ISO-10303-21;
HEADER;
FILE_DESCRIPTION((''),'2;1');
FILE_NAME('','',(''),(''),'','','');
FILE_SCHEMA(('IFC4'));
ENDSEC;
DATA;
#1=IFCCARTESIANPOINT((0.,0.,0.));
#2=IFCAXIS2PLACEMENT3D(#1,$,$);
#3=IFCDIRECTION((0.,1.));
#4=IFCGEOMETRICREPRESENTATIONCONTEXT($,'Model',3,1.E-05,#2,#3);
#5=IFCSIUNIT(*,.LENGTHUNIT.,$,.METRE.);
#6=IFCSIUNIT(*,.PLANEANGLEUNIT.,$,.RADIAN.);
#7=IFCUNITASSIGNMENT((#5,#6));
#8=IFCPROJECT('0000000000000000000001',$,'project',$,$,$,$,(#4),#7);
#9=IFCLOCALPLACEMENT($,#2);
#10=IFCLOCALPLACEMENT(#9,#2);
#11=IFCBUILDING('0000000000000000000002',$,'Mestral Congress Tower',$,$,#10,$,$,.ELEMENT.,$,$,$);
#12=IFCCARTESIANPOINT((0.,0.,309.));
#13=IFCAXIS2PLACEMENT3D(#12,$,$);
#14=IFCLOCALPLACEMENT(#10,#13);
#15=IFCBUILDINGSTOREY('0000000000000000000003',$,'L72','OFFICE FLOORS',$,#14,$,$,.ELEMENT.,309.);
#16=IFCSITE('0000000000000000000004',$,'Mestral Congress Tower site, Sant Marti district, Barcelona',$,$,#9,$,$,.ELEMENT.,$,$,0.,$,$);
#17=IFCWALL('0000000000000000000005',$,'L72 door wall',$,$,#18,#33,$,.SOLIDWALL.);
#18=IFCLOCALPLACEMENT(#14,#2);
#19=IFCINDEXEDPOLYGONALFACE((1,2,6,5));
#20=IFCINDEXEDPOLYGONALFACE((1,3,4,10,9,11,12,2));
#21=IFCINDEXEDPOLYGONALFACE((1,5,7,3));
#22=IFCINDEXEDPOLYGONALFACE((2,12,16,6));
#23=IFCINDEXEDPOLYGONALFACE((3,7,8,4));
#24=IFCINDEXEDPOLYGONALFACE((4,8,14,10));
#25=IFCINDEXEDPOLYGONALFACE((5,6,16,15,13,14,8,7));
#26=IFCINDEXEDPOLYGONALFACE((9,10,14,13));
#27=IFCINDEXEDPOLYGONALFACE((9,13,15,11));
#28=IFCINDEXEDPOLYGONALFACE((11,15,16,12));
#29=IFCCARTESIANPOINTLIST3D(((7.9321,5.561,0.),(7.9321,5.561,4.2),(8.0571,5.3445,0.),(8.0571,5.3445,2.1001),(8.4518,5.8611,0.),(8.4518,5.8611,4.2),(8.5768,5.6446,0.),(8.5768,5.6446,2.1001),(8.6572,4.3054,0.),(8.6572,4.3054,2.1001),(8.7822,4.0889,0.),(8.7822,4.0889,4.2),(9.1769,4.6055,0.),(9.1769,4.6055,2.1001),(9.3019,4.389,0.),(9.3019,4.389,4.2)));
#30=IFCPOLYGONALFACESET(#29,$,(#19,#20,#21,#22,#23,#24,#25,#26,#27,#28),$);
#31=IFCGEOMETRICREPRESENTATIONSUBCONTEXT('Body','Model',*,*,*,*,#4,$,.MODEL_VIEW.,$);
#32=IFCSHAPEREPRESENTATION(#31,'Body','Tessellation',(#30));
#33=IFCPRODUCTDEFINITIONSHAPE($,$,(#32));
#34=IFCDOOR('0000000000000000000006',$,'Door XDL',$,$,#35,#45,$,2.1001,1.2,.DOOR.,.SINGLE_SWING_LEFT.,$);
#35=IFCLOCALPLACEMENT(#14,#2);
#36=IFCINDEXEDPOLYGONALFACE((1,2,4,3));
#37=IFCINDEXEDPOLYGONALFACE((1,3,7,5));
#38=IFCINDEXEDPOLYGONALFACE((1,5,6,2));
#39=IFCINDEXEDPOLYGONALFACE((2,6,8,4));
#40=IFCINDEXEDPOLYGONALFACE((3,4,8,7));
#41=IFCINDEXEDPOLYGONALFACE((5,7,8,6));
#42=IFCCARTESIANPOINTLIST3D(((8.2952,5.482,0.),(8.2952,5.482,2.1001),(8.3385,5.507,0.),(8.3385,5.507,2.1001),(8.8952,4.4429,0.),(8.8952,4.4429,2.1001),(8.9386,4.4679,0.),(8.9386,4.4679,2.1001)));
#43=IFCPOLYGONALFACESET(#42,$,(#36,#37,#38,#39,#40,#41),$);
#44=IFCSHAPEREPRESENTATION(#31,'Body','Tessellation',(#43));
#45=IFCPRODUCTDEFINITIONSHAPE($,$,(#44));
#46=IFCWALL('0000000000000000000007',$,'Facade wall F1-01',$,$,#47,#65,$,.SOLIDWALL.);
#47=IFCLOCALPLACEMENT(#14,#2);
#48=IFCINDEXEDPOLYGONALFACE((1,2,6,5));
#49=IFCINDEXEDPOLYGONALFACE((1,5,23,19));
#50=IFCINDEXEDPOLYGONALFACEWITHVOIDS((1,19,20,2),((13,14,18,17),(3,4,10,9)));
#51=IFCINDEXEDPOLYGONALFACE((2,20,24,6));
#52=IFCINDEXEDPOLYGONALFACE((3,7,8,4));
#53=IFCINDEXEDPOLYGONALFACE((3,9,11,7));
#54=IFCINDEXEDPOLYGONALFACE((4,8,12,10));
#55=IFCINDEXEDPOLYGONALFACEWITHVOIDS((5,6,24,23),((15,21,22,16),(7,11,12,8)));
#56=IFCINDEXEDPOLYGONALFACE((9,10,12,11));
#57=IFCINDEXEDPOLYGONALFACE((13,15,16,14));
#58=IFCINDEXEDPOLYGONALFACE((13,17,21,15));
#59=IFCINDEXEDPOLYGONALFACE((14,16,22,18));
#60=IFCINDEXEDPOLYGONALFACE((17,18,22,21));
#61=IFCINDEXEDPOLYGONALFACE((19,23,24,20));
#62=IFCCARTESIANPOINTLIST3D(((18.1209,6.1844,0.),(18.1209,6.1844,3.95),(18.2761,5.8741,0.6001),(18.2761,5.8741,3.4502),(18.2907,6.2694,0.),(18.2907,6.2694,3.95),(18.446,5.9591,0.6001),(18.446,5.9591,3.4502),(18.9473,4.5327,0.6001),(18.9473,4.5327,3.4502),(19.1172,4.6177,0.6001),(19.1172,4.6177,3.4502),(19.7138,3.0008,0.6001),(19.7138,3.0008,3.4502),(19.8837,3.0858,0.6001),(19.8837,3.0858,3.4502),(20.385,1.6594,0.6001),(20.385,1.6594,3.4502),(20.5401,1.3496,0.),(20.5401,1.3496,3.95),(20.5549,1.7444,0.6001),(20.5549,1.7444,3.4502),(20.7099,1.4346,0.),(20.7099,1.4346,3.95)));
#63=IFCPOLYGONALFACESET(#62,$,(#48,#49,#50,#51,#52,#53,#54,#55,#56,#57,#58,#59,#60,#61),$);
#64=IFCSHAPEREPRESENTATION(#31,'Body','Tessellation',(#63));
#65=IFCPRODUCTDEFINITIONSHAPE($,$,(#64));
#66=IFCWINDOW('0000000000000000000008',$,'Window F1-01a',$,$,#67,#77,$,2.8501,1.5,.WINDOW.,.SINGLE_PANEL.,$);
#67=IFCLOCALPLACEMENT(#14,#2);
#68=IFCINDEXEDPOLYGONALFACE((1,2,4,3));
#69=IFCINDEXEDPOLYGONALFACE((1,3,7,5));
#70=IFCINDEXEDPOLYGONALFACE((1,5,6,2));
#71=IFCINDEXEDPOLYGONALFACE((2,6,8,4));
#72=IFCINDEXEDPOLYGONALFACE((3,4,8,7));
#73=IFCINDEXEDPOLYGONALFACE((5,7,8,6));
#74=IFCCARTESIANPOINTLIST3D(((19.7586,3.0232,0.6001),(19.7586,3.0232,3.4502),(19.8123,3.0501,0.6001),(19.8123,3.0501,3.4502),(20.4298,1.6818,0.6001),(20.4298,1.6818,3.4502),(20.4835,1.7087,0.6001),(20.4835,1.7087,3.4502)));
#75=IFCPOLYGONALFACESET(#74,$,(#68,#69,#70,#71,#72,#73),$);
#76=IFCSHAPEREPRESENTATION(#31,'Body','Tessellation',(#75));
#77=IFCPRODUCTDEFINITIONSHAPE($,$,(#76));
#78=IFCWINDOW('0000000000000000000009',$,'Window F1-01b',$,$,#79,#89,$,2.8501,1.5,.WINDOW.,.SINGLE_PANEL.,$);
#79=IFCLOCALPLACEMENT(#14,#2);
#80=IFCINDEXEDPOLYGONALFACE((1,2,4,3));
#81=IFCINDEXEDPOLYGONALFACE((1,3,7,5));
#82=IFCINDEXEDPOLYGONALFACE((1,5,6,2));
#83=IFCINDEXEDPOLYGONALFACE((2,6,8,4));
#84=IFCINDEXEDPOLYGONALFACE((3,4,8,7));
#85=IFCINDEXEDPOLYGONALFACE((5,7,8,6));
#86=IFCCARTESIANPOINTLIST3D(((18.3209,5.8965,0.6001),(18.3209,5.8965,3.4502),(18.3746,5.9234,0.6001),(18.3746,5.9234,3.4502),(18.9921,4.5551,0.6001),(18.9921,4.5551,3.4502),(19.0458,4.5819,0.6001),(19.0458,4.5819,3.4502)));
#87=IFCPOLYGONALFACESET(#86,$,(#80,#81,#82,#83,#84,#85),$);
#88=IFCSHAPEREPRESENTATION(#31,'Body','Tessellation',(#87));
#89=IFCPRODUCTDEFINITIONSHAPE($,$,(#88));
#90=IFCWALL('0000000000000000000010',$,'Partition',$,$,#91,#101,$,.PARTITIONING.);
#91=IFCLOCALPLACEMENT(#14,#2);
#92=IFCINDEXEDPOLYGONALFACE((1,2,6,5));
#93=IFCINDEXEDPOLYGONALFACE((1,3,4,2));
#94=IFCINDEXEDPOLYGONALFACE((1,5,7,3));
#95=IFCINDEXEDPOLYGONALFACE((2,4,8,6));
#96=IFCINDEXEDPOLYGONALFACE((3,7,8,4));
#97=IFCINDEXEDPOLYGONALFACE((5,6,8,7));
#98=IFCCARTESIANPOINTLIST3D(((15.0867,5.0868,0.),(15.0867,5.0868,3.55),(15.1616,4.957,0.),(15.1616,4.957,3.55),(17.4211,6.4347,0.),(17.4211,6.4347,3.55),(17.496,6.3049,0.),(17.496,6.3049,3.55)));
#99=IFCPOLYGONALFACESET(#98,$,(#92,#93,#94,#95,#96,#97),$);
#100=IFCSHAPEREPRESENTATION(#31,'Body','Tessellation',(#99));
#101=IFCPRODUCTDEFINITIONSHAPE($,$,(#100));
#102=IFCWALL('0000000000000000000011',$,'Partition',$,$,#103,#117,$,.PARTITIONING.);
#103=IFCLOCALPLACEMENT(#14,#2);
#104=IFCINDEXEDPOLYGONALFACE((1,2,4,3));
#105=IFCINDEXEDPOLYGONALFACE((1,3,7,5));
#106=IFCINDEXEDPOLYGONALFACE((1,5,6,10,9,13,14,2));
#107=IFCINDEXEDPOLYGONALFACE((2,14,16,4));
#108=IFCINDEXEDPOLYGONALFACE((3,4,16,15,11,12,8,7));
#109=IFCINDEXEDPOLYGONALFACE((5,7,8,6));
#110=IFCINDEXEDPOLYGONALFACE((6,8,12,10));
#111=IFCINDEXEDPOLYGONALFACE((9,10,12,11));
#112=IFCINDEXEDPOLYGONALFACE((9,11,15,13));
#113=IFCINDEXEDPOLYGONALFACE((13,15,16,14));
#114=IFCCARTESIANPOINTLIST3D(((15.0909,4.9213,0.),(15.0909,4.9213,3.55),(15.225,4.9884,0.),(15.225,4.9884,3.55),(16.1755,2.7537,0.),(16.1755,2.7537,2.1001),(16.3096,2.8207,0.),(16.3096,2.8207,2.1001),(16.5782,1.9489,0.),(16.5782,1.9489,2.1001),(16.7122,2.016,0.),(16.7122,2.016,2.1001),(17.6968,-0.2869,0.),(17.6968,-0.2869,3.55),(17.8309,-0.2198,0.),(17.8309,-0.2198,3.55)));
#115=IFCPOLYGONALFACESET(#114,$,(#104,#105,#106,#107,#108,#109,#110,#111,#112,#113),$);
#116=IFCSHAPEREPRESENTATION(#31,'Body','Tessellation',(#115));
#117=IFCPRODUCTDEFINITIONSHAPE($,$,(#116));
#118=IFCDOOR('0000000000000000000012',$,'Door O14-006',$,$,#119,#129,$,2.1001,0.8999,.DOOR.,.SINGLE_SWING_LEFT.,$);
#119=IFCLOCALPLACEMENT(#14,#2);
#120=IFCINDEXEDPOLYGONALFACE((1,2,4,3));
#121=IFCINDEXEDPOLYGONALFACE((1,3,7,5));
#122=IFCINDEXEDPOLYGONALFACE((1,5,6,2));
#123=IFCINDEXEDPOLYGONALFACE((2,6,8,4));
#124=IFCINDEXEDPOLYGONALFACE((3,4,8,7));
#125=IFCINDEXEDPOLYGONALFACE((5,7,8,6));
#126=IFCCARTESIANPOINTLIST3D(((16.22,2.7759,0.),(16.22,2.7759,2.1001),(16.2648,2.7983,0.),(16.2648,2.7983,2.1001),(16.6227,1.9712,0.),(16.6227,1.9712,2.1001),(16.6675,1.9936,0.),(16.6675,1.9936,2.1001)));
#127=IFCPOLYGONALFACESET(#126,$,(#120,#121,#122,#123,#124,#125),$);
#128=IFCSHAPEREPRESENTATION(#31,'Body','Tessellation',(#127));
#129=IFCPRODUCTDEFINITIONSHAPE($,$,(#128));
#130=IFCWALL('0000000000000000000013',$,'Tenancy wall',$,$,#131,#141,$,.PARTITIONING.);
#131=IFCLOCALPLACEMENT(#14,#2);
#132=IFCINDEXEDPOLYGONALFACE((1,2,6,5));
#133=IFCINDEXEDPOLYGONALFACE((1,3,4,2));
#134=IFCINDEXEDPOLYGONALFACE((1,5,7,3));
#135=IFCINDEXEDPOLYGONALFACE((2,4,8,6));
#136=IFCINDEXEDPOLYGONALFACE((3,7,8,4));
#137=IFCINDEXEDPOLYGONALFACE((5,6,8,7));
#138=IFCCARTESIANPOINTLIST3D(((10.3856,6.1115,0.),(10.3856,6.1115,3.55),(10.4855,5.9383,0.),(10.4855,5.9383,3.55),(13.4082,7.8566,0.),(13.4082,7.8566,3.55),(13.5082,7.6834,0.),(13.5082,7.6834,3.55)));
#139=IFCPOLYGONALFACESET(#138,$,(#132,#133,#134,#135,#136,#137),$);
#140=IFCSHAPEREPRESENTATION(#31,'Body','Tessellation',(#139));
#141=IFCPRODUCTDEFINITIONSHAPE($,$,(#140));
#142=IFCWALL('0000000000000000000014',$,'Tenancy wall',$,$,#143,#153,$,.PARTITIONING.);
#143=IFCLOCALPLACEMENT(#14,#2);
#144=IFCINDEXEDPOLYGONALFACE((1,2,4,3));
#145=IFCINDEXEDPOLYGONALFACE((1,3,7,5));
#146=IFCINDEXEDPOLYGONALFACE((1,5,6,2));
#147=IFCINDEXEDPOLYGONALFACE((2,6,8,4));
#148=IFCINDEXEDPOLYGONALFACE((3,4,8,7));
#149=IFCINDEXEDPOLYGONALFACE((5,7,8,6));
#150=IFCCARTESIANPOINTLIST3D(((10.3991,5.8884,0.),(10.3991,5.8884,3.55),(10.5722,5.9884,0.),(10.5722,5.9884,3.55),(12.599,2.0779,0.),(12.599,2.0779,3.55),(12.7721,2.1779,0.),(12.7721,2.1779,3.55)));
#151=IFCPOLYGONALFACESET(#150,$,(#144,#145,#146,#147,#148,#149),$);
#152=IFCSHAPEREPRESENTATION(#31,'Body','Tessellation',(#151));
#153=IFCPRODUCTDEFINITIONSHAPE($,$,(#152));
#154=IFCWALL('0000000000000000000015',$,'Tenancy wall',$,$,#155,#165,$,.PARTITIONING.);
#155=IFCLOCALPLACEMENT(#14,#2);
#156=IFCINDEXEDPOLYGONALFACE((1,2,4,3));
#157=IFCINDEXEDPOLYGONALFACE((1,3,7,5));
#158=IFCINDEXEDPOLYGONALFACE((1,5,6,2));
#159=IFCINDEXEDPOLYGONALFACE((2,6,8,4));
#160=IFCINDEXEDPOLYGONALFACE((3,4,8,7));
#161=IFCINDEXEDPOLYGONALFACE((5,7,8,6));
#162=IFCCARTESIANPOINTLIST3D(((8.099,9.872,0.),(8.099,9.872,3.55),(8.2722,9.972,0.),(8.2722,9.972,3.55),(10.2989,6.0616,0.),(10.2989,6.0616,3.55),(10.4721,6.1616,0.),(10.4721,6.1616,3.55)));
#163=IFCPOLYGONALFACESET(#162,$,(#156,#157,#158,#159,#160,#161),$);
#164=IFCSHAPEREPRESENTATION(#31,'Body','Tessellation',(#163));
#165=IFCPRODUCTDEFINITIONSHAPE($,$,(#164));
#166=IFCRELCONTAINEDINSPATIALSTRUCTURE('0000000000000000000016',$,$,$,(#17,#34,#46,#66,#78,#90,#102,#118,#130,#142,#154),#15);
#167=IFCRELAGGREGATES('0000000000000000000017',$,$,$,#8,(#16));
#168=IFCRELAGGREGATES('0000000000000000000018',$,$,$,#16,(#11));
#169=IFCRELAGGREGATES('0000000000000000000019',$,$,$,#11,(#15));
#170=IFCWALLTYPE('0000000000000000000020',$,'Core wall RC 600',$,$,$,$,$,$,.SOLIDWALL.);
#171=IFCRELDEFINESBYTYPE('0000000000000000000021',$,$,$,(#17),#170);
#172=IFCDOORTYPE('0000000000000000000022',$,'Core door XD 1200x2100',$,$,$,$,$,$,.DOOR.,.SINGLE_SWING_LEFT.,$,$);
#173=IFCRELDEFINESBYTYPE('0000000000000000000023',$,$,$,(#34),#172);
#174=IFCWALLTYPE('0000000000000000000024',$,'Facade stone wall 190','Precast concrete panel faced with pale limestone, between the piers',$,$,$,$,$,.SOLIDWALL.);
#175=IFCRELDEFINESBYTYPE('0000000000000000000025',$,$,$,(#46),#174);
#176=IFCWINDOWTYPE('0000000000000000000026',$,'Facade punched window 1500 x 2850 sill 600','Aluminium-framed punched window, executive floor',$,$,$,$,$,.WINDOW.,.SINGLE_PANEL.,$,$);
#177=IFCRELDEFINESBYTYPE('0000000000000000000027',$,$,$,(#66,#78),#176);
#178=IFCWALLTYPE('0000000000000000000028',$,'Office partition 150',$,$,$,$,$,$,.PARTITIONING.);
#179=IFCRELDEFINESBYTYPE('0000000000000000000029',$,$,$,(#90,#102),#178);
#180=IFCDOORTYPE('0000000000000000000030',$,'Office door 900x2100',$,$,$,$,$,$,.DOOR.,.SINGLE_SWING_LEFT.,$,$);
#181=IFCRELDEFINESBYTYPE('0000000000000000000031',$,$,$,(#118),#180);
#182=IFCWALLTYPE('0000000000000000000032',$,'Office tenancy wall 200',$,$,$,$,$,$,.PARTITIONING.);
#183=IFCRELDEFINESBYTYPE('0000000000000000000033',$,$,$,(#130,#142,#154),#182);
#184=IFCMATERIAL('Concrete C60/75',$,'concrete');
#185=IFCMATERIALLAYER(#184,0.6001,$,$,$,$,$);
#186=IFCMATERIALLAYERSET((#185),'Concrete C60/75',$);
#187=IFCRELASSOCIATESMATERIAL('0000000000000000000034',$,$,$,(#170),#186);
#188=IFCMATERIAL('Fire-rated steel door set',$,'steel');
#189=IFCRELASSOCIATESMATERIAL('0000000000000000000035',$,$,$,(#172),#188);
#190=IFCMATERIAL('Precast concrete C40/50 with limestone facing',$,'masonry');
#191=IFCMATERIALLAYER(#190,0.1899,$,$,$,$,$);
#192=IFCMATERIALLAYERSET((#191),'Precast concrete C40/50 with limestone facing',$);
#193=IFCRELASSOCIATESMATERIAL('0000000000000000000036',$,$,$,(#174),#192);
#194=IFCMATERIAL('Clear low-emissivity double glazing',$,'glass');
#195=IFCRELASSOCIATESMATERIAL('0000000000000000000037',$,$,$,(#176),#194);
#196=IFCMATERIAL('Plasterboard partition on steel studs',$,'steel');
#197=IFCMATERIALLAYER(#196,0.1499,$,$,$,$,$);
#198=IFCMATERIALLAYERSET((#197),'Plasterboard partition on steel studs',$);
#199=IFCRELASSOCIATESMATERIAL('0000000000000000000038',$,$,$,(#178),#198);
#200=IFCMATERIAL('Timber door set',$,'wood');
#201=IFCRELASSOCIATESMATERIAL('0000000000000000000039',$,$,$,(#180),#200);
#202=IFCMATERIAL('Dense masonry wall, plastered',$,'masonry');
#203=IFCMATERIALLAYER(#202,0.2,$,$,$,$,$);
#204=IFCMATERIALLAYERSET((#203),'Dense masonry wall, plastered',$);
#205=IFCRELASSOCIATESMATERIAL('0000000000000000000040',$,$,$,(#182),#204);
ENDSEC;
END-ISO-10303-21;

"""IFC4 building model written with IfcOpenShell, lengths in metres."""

from ifc_helpers import new_model, si_unit, direction, frame, frame_2d, origin, place, context, subcontext, project, spatial, rectangle, extrude, material, layer, layer_set, type_object, element, fill, save


model = new_model("IFC4")

# Units and contexts
model_context = context("Model", 3, precision=1e-05, world=origin(), true_north=direction((0.0, 1.0)))
body_context = subcontext(model_context, "Body", "Model", "MODEL_VIEW")
ifc_project = project(units=[si_unit("LENGTHUNIT", "METRE"), si_unit("PLANEANGLEUNIT", "RADIAN")], contexts=[model_context])

# Site, building, storey
site_placement = place(None, origin())
site = spatial("IfcSite", under=ifc_project, at=site_placement, Name="Mestral Congress Tower site, Sant Marti district, Barcelona", CompositionType="ELEMENT", RefElevation=0.0)
building_placement = place(site_placement, origin())
building = spatial("IfcBuilding", under=site, at=building_placement, Name="Mestral Congress Tower", CompositionType="ELEMENT")
storey_placement = place(building_placement, frame((0.0, 0.0, 309.0)))
storey = spatial("IfcBuildingStorey", under=building, at=storey_placement, Name="L72", Description="OFFICE FLOORS", CompositionType="ELEMENT", Elevation=309.0)

# Shared definitions
ifc_material_1 = material(Name="Concrete C60/75", Category="concrete")

# Shared definitions
ifc_layer_1 = layer(ifc_material_1, 0.6001)
ifc_layer_set_1 = layer_set([ifc_layer_1], Name="Concrete C60/75")
wall_type_1 = type_object("IfcWallType", Name="Core wall RC 600", PredefinedType="SOLIDWALL", material=ifc_layer_set_1)

# Wall, opening, door
wall_1_placement = place(storey_placement, frame((8.1919, 5.7112, 0.0), z_axis=(0.0, 0.0, 1.0), x_axis=(0.500062, -0.865989, 0.0)))
wall_1 = element("IfcWall", 1, at=wall_1_placement, inside=storey, type_object=wall_type_1, Name="L72 door wall", PredefinedType="SOLIDWALL", context=body_context, shape_type="SweptSolid", body=[
    extrude(rectangle(XDim=1.7, YDim=0.6001, at=frame_2d((0.8501, 0.0))), origin(), (0.0, 0.0, 1.0), 4.2),
])
opening_1_placement = place(wall_1_placement, frame((0.25, 0.0, 0.0)))
opening_1 = element("IfcOpeningElement", 2, at=opening_1_placement, cuts=wall_1, PredefinedType="OPENING", context=body_context, shape_type="SweptSolid", body=[
    extrude(rectangle(XDim=1.2, YDim=2.1001, at=frame_2d((0.6001, 1.05))), frame((0.0, 0.3101, 0.0), z_axis=(0.0, -1.0, 0.0), x_axis=(1.0, 0.0, 0.0)), (0.0, 0.0, 1.0), 0.6201),
])
ifc_material_2 = material(Name="Fire-rated steel door set", Category="steel")
door_type_1 = type_object("IfcDoorType", Name="Core door XD 1200x2100", OperationType="SINGLE_SWING_LEFT", PredefinedType="DOOR", material=ifc_material_2)
door_1_placement = place(opening_1_placement, origin())
door_1 = element("IfcDoor", 3, at=door_1_placement, inside=storey, type_object=door_type_1, Name="Door XDL", OperationType="SINGLE_SWING_LEFT", OverallHeight=2.1001, OverallWidth=1.2, PredefinedType="DOOR", context=body_context, shape_type="SweptSolid", body=[
    extrude(rectangle(XDim=1.2, YDim=2.1001, at=frame_2d((0.6001, 1.05))), frame((0.0, 0.0249, 0.0), z_axis=(0.0, -1.0, 0.0), x_axis=(1.0, 0.0, 0.0)), (0.0, 0.0, 1.0), 0.05),
])
fill(opening_1, door_1)

# Wall, openings, windows
ifc_material_3 = material(Name="Precast concrete C40/50 with limestone facing", Category="masonry")
ifc_layer_2 = layer(ifc_material_3, 0.1899)
ifc_layer_set_2 = layer_set([ifc_layer_2], Name="Precast concrete C40/50 with limestone facing")
wall_type_2 = type_object("IfcWallType", Name="Facade stone wall 190", Description="Precast concrete panel faced with pale limestone, between the piers", PredefinedType="SOLIDWALL", material=ifc_layer_set_2)
wall_2_placement = place(storey_placement, frame((20.625, 1.3921, 0.0), z_axis=(0.0, 0.0, 1.0), x_axis=(-0.447485, 0.894292, 0.0)))
wall_2 = element("IfcWall", 4, at=wall_2_placement, inside=storey, type_object=wall_type_2, Name="Facade wall F1-01", PredefinedType="SOLIDWALL", context=body_context, shape_type="SweptSolid", body=[
    extrude(rectangle(XDim=5.4062, YDim=0.1899, at=frame_2d((2.7031, 0.0))), origin(), (0.0, 0.0, 1.0), 3.95),
])
opening_2_placement = place(wall_2_placement, frame((0.3464, 0.0, 0.6001)))
opening_2 = element("IfcOpeningElement", 5, at=opening_2_placement, cuts=wall_2, PredefinedType="OPENING", context=body_context, shape_type="SweptSolid", body=[
    extrude(rectangle(XDim=1.5, YDim=2.8501, at=frame_2d((0.75, 1.425))), frame((0.0, 0.105, 0.0), z_axis=(0.0, -1.0, 0.0), x_axis=(1.0, 0.0, 0.0)), (0.0, 0.0, 1.0), 0.21),
])
opening_3_placement = place(wall_2_placement, frame((3.5593, 0.0, 0.6001)))
opening_3 = element("IfcOpeningElement", 6, at=opening_3_placement, cuts=wall_2, PredefinedType="OPENING", context=body_context, shape_type="SweptSolid", body=[
    extrude(rectangle(XDim=1.5, YDim=2.8501, at=frame_2d((0.75, 1.425))), frame((0.0, 0.105, 0.0), z_axis=(0.0, -1.0, 0.0), x_axis=(1.0, 0.0, 0.0)), (0.0, 0.0, 1.0), 0.21),
])
ifc_material_4 = material(Name="Clear low-emissivity double glazing", Category="glass")
window_type = type_object("IfcWindowType", Name="Facade punched window 1500 x 2850 sill 600", Description="Aluminium-framed punched window, executive floor", PartitioningType="SINGLE_PANEL", PredefinedType="WINDOW", material=ifc_material_4)
window_1_placement = place(opening_2_placement, origin())
window_1 = element("IfcWindow", 7, at=window_1_placement, inside=storey, type_object=window_type, Name="Window F1-01a", OverallHeight=2.8501, OverallWidth=1.5, PartitioningType="SINGLE_PANEL", PredefinedType="WINDOW", context=body_context, shape_type="SweptSolid", body=[
    extrude(rectangle(XDim=1.5, YDim=2.8501, at=frame_2d((0.75, 1.425))), frame((0.0, 0.0449, 0.0), z_axis=(0.0, -1.0, 0.0), x_axis=(1.0, 0.0, 0.0)), (0.0, 0.0, 1.0), 0.0601),
])
fill(opening_2, window_1)
window_2_placement = place(opening_3_placement, origin())
window_2 = element("IfcWindow", 8, at=window_2_placement, inside=storey, type_object=window_type, Name="Window F1-01b", OverallHeight=2.8501, OverallWidth=1.5, PartitioningType="SINGLE_PANEL", PredefinedType="WINDOW", context=body_context, shape_type="SweptSolid", body=[
    extrude(rectangle(XDim=1.5, YDim=2.8501, at=frame_2d((0.75, 1.425))), frame((0.0, 0.0449, 0.0), z_axis=(0.0, -1.0, 0.0), x_axis=(1.0, 0.0, 0.0)), (0.0, 0.0, 1.0), 0.0601),
])
fill(opening_3, window_2)

# Wall
ifc_material_5 = material(Name="Plasterboard partition on steel studs", Category="steel")
ifc_layer_3 = layer(ifc_material_5, 0.1499)
ifc_layer_set_3 = layer_set([ifc_layer_3], Name="Plasterboard partition on steel studs")
wall_type_3 = type_object("IfcWallType", Name="Office partition 150", PredefinedType="PARTITIONING", material=ifc_layer_set_3)
wall_3_placement = place(storey_placement, frame((15.1243, 5.022, 0.0), z_axis=(0.0, 0.0, 1.0), x_axis=(0.866011, 0.500026, 0.0)))
element("IfcWall", 9, at=wall_3_placement, inside=storey, type_object=wall_type_3, Name="Partition", PredefinedType="PARTITIONING", context=body_context, shape_type="SweptSolid", body=[
    extrude(rectangle(XDim=2.6956, YDim=0.1499, at=frame_2d((1.3477, 0.0))), origin(), (0.0, 0.0, 1.0), 3.55),
])

# Wall, opening, door
wall_4_placement = place(storey_placement, frame((15.158, 4.9548, 0.0), z_axis=(0.0, 0.0, 1.0), x_axis=(0.447465, -0.894301, 0.0)))
wall_4 = element("IfcWall", 10, at=wall_4_placement, inside=storey, type_object=wall_type_3, Name="Partition", PredefinedType="PARTITIONING", context=body_context, shape_type="SweptSolid", body=[
    extrude(rectangle(XDim=5.8237, YDim=0.1499, at=frame_2d((2.9119, 0.0))), origin(), (0.0, 0.0, 1.0), 3.55),
])
opening_4_placement = place(wall_4_placement, frame((2.4238, 0.0, 0.0)))
opening_4 = element("IfcOpeningElement", 11, at=opening_4_placement, cuts=wall_4, PredefinedType="OPENING", context=body_context, shape_type="SweptSolid", body=[
    extrude(rectangle(XDim=0.8999, YDim=2.1001, at=frame_2d((0.45, 1.05))), frame((0.0, 0.085, 0.0), z_axis=(0.0, -1.0, 0.0), x_axis=(1.0, 0.0, 0.0)), (0.0, 0.0, 1.0), 0.1699),
])
ifc_material_6 = material(Name="Timber door set", Category="wood")
door_type_2 = type_object("IfcDoorType", Name="Office door 900x2100", OperationType="SINGLE_SWING_LEFT", PredefinedType="DOOR", material=ifc_material_6)
door_2_placement = place(opening_4_placement, origin())
door_2 = element("IfcDoor", 12, at=door_2_placement, inside=storey, type_object=door_type_2, Name="Door O14-006", OperationType="SINGLE_SWING_LEFT", OverallHeight=2.1001, OverallWidth=0.8999, PredefinedType="DOOR", context=body_context, shape_type="SweptSolid", body=[
    extrude(rectangle(XDim=0.8999, YDim=2.1001, at=frame_2d((0.45, 1.05))), frame((0.0, 0.0249, 0.0), z_axis=(0.0, -1.0, 0.0), x_axis=(1.0, 0.0, 0.0)), (0.0, 0.0, 1.0), 0.05),
])
fill(opening_4, door_2)

# Walls
ifc_material_7 = material(Name="Dense masonry wall, plastered", Category="masonry")
ifc_layer_4 = layer(ifc_material_7, 0.2)
ifc_layer_set_4 = layer_set([ifc_layer_4], Name="Dense masonry wall, plastered")
wall_type_4 = type_object("IfcWallType", Name="Office tenancy wall 200", PredefinedType="PARTITIONING", material=ifc_layer_set_4)
wall_5_placement = place(storey_placement, frame((10.4355, 6.0249, 0.0), z_axis=(0.0, 0.0, 1.0), x_axis=(0.866031, 0.499991, 0.0)))
element("IfcWall", 13, at=wall_5_placement, inside=storey, type_object=wall_type_4, Name="Tenancy wall", PredefinedType="PARTITIONING", context=body_context, shape_type="SweptSolid", body=[
    extrude(rectangle(XDim=3.4902, YDim=0.2, at=frame_2d((1.7451, 0.0))), origin(), (0.0, 0.0, 1.0), 3.55),
])
for number, where, z_axis, x_axis, name in (
    (14, (12.6855, 2.1279, 0.0), (0.0, 0.0, 1.0), (-0.499988, 0.866032, 0.0), "Tenancy wall"),
    (15, (10.3855, 6.1116, 0.0), (0.0, 0.0, 1.0), (-0.499988, 0.866032, 0.0), "Tenancy wall"),
):
    element("IfcWall", number, at=place(storey_placement, frame(where, z_axis=z_axis, x_axis=x_axis)), inside=storey, type_object=wall_type_4, Name=name, PredefinedType="PARTITIONING", context=body_context, shape_type="SweptSolid", body=[
        extrude(rectangle(XDim=4.3999, YDim=0.2, at=frame_2d((2.2, 0.0))), origin(), (0.0, 0.0, 1.0), 3.55),
    ])

save(model, "model.ifc")
